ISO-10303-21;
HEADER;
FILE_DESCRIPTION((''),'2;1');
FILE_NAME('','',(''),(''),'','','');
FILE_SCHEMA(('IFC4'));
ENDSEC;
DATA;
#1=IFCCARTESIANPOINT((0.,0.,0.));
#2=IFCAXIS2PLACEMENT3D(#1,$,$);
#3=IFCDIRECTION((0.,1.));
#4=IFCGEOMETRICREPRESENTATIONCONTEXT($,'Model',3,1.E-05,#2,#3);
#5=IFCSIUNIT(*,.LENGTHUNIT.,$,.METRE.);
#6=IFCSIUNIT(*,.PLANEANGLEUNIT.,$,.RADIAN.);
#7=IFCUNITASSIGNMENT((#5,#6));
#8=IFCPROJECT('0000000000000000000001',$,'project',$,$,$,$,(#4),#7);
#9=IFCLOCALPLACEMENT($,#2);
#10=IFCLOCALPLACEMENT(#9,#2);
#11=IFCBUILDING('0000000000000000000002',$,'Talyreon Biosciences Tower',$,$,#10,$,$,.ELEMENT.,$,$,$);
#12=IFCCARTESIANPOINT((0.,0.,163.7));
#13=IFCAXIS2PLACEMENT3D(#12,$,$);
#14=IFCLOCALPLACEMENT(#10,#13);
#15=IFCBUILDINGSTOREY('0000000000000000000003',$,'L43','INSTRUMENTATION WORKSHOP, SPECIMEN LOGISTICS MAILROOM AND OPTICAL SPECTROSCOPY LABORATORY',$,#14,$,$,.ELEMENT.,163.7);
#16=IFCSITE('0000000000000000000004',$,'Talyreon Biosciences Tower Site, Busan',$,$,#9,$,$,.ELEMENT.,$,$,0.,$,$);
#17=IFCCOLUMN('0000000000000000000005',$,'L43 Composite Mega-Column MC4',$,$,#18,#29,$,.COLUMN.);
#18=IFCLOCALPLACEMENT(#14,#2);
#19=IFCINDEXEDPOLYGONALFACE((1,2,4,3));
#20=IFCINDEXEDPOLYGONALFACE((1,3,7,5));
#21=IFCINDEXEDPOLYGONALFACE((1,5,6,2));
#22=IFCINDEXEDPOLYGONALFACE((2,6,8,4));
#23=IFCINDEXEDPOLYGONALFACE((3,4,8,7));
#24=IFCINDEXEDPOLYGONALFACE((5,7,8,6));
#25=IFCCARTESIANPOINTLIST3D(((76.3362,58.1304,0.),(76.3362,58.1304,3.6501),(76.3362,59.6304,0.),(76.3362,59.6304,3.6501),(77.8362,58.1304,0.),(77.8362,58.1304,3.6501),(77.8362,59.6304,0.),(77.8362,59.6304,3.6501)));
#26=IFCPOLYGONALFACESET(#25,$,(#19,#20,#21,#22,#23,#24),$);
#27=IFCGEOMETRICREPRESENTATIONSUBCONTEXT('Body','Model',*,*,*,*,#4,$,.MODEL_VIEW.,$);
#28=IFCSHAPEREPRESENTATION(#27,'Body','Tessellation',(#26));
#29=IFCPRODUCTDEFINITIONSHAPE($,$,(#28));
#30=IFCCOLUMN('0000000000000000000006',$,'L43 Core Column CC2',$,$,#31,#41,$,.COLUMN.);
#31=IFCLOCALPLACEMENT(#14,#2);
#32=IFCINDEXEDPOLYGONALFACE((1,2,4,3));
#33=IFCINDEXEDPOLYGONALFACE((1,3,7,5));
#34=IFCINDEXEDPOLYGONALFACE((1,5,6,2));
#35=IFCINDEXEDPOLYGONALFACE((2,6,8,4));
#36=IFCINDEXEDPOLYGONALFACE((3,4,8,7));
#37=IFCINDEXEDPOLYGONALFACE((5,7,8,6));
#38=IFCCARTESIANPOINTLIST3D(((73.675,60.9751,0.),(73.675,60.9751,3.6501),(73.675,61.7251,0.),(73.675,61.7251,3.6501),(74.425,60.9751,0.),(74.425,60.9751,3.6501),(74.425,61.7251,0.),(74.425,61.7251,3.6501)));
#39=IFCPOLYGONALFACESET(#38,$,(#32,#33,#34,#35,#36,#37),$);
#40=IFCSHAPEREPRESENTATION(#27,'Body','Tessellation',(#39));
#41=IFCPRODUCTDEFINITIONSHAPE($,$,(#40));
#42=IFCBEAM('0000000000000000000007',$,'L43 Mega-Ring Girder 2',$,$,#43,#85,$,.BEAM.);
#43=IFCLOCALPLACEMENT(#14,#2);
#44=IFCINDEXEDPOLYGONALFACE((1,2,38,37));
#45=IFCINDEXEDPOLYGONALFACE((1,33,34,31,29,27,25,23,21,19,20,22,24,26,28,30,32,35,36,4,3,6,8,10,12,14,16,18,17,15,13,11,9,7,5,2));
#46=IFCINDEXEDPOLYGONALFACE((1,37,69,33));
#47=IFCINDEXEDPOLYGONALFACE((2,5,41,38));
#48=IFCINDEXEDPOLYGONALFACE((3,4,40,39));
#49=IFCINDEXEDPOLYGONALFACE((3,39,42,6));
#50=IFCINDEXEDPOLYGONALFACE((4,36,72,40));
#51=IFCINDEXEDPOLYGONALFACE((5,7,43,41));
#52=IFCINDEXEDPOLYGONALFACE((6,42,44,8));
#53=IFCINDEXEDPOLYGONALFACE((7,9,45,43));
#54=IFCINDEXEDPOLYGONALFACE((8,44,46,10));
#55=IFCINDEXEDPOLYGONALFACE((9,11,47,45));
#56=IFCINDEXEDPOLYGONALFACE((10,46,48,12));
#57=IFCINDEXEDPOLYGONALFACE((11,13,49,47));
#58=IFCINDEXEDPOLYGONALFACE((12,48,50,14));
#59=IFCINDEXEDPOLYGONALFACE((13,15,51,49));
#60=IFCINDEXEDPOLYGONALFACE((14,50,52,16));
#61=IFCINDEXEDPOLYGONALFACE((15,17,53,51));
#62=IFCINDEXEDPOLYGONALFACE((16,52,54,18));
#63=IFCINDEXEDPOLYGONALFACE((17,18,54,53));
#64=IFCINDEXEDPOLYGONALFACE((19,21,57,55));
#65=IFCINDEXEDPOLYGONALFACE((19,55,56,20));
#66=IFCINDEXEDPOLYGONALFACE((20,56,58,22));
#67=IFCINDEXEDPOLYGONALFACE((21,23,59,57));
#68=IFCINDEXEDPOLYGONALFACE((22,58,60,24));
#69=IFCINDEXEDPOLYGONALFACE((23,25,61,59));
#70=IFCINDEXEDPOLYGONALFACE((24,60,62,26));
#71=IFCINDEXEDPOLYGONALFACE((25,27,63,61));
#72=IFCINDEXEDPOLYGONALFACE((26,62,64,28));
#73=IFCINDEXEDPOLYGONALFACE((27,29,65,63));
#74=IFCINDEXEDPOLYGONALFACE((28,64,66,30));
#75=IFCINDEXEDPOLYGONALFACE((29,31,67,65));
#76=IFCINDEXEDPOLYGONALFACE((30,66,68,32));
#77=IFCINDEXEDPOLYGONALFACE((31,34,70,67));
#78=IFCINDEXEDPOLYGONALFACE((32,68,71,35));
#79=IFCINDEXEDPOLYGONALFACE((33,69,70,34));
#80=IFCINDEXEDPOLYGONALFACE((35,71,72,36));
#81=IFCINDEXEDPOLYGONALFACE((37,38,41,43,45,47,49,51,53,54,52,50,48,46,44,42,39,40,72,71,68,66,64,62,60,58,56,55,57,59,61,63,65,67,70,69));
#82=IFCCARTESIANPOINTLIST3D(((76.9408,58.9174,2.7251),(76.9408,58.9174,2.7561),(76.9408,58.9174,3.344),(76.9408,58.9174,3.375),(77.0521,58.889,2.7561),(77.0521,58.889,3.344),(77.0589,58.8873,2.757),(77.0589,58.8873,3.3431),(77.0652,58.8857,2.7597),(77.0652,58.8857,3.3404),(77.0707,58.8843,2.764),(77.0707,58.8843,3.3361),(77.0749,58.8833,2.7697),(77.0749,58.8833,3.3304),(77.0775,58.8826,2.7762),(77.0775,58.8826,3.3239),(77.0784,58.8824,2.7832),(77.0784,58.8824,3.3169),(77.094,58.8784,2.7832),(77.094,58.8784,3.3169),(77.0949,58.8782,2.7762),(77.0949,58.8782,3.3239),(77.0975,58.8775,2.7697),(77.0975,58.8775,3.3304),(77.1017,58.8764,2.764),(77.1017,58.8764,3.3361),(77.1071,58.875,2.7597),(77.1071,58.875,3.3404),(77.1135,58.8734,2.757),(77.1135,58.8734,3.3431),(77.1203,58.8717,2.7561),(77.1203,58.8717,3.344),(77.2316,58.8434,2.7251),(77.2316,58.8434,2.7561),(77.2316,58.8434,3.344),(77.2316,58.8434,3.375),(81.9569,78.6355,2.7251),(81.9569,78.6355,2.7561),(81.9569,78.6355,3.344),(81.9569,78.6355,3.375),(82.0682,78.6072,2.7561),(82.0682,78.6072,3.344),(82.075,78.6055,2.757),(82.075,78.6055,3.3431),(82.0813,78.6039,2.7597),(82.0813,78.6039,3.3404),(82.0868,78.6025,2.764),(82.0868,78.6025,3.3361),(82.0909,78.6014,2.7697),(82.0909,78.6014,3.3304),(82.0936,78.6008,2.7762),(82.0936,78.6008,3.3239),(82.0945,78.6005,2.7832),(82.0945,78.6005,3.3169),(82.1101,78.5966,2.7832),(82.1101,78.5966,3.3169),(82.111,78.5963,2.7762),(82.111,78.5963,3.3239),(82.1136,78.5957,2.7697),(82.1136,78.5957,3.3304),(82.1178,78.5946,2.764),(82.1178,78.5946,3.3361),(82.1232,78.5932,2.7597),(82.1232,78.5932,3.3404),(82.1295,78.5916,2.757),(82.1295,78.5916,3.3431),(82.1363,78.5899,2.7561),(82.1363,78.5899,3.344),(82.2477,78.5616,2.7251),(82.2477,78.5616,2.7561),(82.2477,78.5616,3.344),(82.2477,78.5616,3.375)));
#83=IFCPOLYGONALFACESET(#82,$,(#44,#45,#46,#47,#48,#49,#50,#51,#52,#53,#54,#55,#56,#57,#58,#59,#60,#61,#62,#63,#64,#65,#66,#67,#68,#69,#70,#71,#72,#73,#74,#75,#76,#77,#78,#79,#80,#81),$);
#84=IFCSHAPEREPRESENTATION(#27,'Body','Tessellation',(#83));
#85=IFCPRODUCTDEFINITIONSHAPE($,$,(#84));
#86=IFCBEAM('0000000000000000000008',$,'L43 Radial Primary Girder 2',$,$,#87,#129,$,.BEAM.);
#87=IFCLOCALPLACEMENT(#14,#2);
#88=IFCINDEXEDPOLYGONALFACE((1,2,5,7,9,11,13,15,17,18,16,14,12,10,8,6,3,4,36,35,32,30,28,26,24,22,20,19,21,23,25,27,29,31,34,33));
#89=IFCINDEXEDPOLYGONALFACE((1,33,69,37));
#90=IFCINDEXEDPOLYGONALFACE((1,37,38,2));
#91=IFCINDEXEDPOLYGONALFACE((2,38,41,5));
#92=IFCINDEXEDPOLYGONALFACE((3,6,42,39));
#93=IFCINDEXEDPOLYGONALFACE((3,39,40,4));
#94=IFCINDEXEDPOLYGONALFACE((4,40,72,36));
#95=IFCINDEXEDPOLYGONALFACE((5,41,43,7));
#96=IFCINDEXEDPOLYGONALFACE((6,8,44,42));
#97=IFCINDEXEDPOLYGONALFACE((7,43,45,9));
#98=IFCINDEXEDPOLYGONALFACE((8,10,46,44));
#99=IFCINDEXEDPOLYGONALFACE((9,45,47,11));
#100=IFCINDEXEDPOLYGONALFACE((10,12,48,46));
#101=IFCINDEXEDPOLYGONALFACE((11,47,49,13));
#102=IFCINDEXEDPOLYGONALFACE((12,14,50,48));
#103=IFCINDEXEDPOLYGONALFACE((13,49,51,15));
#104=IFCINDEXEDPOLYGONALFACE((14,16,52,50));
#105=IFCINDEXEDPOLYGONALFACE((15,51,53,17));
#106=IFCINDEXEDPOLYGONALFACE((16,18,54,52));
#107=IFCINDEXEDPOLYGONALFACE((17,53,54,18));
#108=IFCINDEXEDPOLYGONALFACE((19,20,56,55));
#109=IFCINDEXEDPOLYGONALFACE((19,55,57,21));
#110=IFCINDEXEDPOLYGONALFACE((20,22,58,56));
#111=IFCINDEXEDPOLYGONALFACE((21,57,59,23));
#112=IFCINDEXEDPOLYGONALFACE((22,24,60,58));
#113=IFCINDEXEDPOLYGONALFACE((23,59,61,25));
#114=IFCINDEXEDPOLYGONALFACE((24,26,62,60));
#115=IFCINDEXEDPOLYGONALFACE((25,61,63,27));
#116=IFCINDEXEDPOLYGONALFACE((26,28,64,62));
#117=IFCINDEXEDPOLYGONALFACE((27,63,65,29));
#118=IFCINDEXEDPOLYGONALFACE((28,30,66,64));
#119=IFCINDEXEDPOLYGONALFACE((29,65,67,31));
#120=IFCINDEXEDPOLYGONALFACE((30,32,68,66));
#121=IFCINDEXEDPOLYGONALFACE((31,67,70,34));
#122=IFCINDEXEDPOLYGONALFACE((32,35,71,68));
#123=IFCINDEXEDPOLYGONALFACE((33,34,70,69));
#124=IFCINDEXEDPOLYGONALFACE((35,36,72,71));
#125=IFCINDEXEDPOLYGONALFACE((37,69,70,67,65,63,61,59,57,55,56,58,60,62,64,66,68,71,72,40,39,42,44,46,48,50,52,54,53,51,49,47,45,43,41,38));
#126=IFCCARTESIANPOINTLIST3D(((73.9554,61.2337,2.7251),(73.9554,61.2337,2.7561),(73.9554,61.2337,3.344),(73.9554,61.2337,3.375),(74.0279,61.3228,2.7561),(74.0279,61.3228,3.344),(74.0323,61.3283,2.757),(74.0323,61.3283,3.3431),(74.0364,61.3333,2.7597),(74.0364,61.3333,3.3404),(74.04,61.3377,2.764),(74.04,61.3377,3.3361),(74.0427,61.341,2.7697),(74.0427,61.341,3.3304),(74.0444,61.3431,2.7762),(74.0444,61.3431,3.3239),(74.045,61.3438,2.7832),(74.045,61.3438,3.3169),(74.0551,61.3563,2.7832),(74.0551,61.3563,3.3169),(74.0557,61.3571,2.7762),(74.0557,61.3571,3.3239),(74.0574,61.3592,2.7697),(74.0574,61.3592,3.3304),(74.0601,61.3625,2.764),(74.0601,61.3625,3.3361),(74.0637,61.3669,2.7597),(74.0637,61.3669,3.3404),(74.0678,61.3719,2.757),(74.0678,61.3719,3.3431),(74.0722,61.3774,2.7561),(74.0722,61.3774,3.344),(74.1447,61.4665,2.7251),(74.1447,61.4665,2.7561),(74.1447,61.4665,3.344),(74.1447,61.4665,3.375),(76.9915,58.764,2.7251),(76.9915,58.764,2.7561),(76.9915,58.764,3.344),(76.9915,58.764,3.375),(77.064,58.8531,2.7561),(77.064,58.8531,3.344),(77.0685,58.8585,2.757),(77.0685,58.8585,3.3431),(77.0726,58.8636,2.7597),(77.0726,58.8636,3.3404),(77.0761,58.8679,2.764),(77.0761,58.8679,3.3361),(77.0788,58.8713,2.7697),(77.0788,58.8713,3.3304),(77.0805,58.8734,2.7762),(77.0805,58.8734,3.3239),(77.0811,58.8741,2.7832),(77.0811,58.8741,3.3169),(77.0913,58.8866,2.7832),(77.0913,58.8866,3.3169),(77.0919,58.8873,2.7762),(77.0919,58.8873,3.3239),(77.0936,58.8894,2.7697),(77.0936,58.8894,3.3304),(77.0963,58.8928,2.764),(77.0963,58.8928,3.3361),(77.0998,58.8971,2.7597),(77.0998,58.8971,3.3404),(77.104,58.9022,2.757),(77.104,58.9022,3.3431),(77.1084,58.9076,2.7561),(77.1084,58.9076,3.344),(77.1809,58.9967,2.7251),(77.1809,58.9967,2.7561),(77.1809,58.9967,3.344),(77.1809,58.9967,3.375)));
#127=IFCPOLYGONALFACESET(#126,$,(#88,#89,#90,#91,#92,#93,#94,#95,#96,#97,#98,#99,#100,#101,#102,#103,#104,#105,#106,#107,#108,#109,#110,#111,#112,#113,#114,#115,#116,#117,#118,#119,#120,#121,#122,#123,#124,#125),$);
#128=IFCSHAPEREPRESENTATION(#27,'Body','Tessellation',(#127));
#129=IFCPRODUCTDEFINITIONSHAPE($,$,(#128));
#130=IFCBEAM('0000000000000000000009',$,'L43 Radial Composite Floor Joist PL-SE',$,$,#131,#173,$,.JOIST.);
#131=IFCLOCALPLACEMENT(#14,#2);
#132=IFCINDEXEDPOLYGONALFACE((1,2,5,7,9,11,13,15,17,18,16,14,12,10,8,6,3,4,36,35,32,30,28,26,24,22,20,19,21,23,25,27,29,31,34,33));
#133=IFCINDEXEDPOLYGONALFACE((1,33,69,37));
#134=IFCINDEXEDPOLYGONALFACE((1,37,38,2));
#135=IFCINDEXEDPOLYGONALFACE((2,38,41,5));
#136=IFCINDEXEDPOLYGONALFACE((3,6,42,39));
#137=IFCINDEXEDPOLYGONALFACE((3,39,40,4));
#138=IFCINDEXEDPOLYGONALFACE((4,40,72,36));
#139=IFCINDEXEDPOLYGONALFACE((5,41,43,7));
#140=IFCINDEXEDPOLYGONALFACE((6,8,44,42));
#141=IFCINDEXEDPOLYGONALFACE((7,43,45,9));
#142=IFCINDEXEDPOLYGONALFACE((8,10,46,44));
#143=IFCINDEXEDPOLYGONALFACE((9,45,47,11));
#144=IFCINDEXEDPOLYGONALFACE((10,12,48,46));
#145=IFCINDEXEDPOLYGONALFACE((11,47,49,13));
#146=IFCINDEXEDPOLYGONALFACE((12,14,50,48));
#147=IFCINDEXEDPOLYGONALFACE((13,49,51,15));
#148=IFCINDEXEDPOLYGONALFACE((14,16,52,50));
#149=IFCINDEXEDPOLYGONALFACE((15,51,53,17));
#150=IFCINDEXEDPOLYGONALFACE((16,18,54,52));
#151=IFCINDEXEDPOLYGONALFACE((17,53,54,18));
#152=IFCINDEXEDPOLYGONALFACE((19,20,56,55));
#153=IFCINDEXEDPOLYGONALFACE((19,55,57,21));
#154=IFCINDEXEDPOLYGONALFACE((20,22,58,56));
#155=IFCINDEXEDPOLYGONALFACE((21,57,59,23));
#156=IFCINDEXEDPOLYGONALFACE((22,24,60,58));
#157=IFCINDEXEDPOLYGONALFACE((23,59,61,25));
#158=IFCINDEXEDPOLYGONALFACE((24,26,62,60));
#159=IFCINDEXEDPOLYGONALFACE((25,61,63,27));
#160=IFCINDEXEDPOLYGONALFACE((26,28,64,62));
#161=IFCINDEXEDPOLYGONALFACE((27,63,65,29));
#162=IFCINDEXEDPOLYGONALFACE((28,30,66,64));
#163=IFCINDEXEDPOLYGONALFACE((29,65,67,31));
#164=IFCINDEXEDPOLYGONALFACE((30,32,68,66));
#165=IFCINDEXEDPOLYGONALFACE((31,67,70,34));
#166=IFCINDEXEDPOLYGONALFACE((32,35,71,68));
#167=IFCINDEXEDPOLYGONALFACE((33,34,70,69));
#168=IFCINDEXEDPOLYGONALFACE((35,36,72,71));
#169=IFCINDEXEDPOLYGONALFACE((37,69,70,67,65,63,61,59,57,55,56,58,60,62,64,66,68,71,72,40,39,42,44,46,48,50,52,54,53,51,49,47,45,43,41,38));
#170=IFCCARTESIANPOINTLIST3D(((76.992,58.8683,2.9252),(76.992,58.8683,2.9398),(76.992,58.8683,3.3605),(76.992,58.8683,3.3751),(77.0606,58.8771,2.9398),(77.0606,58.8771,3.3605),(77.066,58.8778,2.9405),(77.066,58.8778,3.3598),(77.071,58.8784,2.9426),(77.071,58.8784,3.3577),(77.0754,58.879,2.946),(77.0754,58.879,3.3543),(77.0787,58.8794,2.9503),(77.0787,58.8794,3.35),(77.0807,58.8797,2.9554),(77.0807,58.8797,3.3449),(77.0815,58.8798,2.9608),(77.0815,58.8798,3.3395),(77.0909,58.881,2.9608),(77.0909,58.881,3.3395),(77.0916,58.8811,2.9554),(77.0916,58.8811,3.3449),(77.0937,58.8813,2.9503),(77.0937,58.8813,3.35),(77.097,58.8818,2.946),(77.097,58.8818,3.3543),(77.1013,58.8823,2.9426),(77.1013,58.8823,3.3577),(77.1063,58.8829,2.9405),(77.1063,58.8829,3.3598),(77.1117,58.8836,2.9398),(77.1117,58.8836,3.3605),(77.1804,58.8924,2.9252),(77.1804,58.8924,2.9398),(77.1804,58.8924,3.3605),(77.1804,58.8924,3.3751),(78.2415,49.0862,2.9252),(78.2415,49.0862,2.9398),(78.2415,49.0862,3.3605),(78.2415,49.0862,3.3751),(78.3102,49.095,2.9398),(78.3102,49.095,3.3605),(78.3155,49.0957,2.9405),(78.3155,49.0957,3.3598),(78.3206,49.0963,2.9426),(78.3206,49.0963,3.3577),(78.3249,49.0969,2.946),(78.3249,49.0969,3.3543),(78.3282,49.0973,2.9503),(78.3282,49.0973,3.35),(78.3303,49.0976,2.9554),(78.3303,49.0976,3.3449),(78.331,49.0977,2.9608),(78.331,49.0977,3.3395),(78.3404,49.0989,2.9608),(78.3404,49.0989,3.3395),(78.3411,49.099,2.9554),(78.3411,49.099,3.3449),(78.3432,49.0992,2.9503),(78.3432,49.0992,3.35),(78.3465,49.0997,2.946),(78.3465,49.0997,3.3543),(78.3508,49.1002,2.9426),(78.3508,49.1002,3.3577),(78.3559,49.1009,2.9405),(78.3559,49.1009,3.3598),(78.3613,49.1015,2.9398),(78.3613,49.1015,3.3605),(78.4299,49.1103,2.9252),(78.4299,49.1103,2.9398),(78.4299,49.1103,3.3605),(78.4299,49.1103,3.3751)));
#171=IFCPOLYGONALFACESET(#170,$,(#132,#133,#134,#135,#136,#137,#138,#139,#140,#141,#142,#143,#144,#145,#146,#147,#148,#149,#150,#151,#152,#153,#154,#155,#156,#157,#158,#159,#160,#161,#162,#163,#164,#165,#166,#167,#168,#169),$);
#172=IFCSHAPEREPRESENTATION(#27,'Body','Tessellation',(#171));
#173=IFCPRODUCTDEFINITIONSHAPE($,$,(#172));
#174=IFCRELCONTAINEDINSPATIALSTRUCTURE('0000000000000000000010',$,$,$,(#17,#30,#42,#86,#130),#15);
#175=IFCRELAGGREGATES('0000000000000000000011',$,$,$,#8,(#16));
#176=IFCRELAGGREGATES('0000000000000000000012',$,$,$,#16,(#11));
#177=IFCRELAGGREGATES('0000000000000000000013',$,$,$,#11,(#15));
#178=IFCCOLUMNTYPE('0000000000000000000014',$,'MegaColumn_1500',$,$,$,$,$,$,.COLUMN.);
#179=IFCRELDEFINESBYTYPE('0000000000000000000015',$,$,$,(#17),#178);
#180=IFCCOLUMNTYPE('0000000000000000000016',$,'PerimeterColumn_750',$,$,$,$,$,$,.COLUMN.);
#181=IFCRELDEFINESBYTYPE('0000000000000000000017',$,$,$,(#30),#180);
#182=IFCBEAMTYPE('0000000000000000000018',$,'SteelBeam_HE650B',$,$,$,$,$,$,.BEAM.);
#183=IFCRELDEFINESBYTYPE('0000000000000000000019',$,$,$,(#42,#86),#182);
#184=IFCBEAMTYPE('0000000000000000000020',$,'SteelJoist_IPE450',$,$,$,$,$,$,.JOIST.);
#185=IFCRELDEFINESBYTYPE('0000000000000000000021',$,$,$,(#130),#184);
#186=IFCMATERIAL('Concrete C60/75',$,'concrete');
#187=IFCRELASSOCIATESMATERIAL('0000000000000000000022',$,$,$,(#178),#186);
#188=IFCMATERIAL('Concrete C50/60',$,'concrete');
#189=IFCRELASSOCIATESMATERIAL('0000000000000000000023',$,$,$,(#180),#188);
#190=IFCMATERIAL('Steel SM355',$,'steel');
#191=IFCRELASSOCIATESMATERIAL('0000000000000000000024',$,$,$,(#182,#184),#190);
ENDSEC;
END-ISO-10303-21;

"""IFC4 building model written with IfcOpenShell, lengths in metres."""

from ifc_helpers import new_model, si_unit, direction, frame, origin, origin_2d, place, context, subcontext, project, spatial, rectangle, i_section, extrude, material, material_profile, profile_set, type_object, element, save


model = new_model("IFC4")

# Units and contexts
model_context = context("Model", 3, precision=1e-05, world=origin(), true_north=direction((0.0, 1.0)))
body_context = subcontext(model_context, "Body", "Model", "MODEL_VIEW")
ifc_project = project(units=[si_unit("LENGTHUNIT", "METRE"), si_unit("PLANEANGLEUNIT", "RADIAN")], contexts=[model_context])

# Site, building, storey
site_placement = place(None, origin())
site = spatial("IfcSite", under=ifc_project, at=site_placement, Name="Talyreon Biosciences Tower Site, Busan", CompositionType="ELEMENT", RefElevation=0.0)
building_placement = place(site_placement, origin())
building = spatial("IfcBuilding", under=site, at=building_placement, Name="Talyreon Biosciences Tower", CompositionType="ELEMENT")
storey_placement = place(building_placement, frame((0.0, 0.0, 163.7)))
storey = spatial("IfcBuildingStorey", under=building, at=storey_placement, Name="L43", Description="INSTRUMENTATION WORKSHOP, SPECIMEN LOGISTICS MAILROOM AND OPTICAL SPECTROSCOPY LABORATORY", CompositionType="ELEMENT", Elevation=163.7)

# Columns
ifc_material_1 = material(Name="Concrete C60/75", Category="concrete")
ifc_material_profile_1 = material_profile(ifc_material_1, rectangle(XDim=1.5, YDim=1.5, at=origin_2d()), Name="RC 1500x1500")
ifc_profile_set_1 = profile_set([ifc_material_profile_1], Name="Concrete C60/75")
column_type_1 = type_object("IfcColumnType", Name="MegaColumn_1500", PredefinedType="COLUMN", material=ifc_profile_set_1)
column_1_placement = place(storey_placement, frame((77.0862, 58.8804, 0.0), z_axis=(0.0, 0.0, 1.0), x_axis=(1.0, 0.0, 0.0)))
element("IfcColumn", 1, at=column_1_placement, inside=storey, type_object=column_type_1, Name="L43 Composite Mega-Column MC4", PredefinedType="COLUMN", context=body_context, shape_type="SweptSolid", body=[
    extrude(rectangle(XDim=1.5, YDim=1.5, at=origin_2d()), origin(), (0.0, 0.0, 1.0), 3.6501),
])
ifc_material_2 = material(Name="Concrete C50/60", Category="concrete")
ifc_material_profile_2 = material_profile(ifc_material_2, rectangle(XDim=0.75, YDim=0.75, at=origin_2d()), Name="RC 750x750")
ifc_profile_set_2 = profile_set([ifc_material_profile_2], Name="Concrete C50/60")
column_type_2 = type_object("IfcColumnType", Name="PerimeterColumn_750", PredefinedType="COLUMN", material=ifc_profile_set_2)
column_2_placement = place(storey_placement, frame((74.05, 61.3501, 0.0), z_axis=(0.0, 0.0, 1.0), x_axis=(1.0, 0.0, 0.0)))
element("IfcColumn", 2, at=column_2_placement, inside=storey, type_object=column_type_2, Name="L43 Core Column CC2", PredefinedType="COLUMN", context=body_context, shape_type="SweptSolid", body=[
    extrude(rectangle(XDim=0.75, YDim=0.75, at=origin_2d()), origin(), (0.0, 0.0, 1.0), 3.6501),
])

# Beams
ifc_material_3 = material(Name="Steel SM355", Category="steel")
ifc_material_profile_3 = material_profile(ifc_material_3, i_section(OverallWidth=0.3, OverallDepth=0.6499, WebThickness=0.0161, FlangeThickness=0.031, FilletRadius=0.0271, at=origin_2d()), Name="HE650B")
ifc_profile_set_3 = profile_set([ifc_material_profile_3], Name="Steel SM355")
beam_type_1 = type_object("IfcBeamType", Name="SteelBeam_HE650B", PredefinedType="BEAM", material=ifc_profile_set_3)
beam_1_placement = place(storey_placement, frame((77.0862, 58.8804, 3.05), z_axis=(0.246537, 0.969133, 0.0), x_axis=(-0.969133, 0.246537, 0.0)))
element("IfcBeam", 3, at=beam_1_placement, inside=storey, type_object=beam_type_1, Name="L43 Mega-Ring Girder 2", PredefinedType="BEAM", context=body_context, shape_type="SweptSolid", body=[
    extrude(i_section(OverallWidth=0.3, OverallDepth=0.6499, WebThickness=0.0161, FlangeThickness=0.031, FilletRadius=0.0271, at=origin_2d()), origin(), (0.0, 0.0, 1.0), 20.3462),
])
beam_2_placement = place(storey_placement, frame((74.05, 61.3501, 3.05), z_axis=(0.775755, -0.631034, 0.0), x_axis=(0.631034, 0.775755, 0.0)))
element("IfcBeam", 4, at=beam_2_placement, inside=storey, type_object=beam_type_1, Name="L43 Radial Primary Girder 2", PredefinedType="BEAM", context=body_context, shape_type="SweptSolid", body=[
    extrude(i_section(OverallWidth=0.3, OverallDepth=0.6499, WebThickness=0.0161, FlangeThickness=0.031, FilletRadius=0.0271, at=origin_2d()), origin(), (0.0, 0.0, 1.0), 3.9138),
])
ifc_material_profile_4 = material_profile(ifc_material_3, i_section(OverallWidth=0.1899, OverallDepth=0.45, WebThickness=0.0095, FlangeThickness=0.0146, FilletRadius=0.021, at=origin_2d()), Name="IPE450")
ifc_profile_set_4 = profile_set([ifc_material_profile_4], Name="Steel SM355")
beam_type_2 = type_object("IfcBeamType", Name="SteelJoist_IPE450", PredefinedType="JOIST", material=ifc_profile_set_4)
beam_3_placement = place(storey_placement, frame((77.0862, 58.8804, 3.1501), z_axis=(0.126707, -0.99194, 0.0), x_axis=(0.99194, 0.126707, 0.0)))
element("IfcBeam", 5, at=beam_3_placement, inside=storey, type_object=beam_type_2, Name="L43 Radial Composite Floor Joist PL-SE", PredefinedType="JOIST", context=body_context, shape_type="SweptSolid", body=[
    extrude(i_section(OverallWidth=0.1899, OverallDepth=0.45, WebThickness=0.0095, FlangeThickness=0.0146, FilletRadius=0.021, at=origin_2d()), origin(), (0.0, 0.0, 1.0), 9.8616),
])

save(model, "model.ifc")
